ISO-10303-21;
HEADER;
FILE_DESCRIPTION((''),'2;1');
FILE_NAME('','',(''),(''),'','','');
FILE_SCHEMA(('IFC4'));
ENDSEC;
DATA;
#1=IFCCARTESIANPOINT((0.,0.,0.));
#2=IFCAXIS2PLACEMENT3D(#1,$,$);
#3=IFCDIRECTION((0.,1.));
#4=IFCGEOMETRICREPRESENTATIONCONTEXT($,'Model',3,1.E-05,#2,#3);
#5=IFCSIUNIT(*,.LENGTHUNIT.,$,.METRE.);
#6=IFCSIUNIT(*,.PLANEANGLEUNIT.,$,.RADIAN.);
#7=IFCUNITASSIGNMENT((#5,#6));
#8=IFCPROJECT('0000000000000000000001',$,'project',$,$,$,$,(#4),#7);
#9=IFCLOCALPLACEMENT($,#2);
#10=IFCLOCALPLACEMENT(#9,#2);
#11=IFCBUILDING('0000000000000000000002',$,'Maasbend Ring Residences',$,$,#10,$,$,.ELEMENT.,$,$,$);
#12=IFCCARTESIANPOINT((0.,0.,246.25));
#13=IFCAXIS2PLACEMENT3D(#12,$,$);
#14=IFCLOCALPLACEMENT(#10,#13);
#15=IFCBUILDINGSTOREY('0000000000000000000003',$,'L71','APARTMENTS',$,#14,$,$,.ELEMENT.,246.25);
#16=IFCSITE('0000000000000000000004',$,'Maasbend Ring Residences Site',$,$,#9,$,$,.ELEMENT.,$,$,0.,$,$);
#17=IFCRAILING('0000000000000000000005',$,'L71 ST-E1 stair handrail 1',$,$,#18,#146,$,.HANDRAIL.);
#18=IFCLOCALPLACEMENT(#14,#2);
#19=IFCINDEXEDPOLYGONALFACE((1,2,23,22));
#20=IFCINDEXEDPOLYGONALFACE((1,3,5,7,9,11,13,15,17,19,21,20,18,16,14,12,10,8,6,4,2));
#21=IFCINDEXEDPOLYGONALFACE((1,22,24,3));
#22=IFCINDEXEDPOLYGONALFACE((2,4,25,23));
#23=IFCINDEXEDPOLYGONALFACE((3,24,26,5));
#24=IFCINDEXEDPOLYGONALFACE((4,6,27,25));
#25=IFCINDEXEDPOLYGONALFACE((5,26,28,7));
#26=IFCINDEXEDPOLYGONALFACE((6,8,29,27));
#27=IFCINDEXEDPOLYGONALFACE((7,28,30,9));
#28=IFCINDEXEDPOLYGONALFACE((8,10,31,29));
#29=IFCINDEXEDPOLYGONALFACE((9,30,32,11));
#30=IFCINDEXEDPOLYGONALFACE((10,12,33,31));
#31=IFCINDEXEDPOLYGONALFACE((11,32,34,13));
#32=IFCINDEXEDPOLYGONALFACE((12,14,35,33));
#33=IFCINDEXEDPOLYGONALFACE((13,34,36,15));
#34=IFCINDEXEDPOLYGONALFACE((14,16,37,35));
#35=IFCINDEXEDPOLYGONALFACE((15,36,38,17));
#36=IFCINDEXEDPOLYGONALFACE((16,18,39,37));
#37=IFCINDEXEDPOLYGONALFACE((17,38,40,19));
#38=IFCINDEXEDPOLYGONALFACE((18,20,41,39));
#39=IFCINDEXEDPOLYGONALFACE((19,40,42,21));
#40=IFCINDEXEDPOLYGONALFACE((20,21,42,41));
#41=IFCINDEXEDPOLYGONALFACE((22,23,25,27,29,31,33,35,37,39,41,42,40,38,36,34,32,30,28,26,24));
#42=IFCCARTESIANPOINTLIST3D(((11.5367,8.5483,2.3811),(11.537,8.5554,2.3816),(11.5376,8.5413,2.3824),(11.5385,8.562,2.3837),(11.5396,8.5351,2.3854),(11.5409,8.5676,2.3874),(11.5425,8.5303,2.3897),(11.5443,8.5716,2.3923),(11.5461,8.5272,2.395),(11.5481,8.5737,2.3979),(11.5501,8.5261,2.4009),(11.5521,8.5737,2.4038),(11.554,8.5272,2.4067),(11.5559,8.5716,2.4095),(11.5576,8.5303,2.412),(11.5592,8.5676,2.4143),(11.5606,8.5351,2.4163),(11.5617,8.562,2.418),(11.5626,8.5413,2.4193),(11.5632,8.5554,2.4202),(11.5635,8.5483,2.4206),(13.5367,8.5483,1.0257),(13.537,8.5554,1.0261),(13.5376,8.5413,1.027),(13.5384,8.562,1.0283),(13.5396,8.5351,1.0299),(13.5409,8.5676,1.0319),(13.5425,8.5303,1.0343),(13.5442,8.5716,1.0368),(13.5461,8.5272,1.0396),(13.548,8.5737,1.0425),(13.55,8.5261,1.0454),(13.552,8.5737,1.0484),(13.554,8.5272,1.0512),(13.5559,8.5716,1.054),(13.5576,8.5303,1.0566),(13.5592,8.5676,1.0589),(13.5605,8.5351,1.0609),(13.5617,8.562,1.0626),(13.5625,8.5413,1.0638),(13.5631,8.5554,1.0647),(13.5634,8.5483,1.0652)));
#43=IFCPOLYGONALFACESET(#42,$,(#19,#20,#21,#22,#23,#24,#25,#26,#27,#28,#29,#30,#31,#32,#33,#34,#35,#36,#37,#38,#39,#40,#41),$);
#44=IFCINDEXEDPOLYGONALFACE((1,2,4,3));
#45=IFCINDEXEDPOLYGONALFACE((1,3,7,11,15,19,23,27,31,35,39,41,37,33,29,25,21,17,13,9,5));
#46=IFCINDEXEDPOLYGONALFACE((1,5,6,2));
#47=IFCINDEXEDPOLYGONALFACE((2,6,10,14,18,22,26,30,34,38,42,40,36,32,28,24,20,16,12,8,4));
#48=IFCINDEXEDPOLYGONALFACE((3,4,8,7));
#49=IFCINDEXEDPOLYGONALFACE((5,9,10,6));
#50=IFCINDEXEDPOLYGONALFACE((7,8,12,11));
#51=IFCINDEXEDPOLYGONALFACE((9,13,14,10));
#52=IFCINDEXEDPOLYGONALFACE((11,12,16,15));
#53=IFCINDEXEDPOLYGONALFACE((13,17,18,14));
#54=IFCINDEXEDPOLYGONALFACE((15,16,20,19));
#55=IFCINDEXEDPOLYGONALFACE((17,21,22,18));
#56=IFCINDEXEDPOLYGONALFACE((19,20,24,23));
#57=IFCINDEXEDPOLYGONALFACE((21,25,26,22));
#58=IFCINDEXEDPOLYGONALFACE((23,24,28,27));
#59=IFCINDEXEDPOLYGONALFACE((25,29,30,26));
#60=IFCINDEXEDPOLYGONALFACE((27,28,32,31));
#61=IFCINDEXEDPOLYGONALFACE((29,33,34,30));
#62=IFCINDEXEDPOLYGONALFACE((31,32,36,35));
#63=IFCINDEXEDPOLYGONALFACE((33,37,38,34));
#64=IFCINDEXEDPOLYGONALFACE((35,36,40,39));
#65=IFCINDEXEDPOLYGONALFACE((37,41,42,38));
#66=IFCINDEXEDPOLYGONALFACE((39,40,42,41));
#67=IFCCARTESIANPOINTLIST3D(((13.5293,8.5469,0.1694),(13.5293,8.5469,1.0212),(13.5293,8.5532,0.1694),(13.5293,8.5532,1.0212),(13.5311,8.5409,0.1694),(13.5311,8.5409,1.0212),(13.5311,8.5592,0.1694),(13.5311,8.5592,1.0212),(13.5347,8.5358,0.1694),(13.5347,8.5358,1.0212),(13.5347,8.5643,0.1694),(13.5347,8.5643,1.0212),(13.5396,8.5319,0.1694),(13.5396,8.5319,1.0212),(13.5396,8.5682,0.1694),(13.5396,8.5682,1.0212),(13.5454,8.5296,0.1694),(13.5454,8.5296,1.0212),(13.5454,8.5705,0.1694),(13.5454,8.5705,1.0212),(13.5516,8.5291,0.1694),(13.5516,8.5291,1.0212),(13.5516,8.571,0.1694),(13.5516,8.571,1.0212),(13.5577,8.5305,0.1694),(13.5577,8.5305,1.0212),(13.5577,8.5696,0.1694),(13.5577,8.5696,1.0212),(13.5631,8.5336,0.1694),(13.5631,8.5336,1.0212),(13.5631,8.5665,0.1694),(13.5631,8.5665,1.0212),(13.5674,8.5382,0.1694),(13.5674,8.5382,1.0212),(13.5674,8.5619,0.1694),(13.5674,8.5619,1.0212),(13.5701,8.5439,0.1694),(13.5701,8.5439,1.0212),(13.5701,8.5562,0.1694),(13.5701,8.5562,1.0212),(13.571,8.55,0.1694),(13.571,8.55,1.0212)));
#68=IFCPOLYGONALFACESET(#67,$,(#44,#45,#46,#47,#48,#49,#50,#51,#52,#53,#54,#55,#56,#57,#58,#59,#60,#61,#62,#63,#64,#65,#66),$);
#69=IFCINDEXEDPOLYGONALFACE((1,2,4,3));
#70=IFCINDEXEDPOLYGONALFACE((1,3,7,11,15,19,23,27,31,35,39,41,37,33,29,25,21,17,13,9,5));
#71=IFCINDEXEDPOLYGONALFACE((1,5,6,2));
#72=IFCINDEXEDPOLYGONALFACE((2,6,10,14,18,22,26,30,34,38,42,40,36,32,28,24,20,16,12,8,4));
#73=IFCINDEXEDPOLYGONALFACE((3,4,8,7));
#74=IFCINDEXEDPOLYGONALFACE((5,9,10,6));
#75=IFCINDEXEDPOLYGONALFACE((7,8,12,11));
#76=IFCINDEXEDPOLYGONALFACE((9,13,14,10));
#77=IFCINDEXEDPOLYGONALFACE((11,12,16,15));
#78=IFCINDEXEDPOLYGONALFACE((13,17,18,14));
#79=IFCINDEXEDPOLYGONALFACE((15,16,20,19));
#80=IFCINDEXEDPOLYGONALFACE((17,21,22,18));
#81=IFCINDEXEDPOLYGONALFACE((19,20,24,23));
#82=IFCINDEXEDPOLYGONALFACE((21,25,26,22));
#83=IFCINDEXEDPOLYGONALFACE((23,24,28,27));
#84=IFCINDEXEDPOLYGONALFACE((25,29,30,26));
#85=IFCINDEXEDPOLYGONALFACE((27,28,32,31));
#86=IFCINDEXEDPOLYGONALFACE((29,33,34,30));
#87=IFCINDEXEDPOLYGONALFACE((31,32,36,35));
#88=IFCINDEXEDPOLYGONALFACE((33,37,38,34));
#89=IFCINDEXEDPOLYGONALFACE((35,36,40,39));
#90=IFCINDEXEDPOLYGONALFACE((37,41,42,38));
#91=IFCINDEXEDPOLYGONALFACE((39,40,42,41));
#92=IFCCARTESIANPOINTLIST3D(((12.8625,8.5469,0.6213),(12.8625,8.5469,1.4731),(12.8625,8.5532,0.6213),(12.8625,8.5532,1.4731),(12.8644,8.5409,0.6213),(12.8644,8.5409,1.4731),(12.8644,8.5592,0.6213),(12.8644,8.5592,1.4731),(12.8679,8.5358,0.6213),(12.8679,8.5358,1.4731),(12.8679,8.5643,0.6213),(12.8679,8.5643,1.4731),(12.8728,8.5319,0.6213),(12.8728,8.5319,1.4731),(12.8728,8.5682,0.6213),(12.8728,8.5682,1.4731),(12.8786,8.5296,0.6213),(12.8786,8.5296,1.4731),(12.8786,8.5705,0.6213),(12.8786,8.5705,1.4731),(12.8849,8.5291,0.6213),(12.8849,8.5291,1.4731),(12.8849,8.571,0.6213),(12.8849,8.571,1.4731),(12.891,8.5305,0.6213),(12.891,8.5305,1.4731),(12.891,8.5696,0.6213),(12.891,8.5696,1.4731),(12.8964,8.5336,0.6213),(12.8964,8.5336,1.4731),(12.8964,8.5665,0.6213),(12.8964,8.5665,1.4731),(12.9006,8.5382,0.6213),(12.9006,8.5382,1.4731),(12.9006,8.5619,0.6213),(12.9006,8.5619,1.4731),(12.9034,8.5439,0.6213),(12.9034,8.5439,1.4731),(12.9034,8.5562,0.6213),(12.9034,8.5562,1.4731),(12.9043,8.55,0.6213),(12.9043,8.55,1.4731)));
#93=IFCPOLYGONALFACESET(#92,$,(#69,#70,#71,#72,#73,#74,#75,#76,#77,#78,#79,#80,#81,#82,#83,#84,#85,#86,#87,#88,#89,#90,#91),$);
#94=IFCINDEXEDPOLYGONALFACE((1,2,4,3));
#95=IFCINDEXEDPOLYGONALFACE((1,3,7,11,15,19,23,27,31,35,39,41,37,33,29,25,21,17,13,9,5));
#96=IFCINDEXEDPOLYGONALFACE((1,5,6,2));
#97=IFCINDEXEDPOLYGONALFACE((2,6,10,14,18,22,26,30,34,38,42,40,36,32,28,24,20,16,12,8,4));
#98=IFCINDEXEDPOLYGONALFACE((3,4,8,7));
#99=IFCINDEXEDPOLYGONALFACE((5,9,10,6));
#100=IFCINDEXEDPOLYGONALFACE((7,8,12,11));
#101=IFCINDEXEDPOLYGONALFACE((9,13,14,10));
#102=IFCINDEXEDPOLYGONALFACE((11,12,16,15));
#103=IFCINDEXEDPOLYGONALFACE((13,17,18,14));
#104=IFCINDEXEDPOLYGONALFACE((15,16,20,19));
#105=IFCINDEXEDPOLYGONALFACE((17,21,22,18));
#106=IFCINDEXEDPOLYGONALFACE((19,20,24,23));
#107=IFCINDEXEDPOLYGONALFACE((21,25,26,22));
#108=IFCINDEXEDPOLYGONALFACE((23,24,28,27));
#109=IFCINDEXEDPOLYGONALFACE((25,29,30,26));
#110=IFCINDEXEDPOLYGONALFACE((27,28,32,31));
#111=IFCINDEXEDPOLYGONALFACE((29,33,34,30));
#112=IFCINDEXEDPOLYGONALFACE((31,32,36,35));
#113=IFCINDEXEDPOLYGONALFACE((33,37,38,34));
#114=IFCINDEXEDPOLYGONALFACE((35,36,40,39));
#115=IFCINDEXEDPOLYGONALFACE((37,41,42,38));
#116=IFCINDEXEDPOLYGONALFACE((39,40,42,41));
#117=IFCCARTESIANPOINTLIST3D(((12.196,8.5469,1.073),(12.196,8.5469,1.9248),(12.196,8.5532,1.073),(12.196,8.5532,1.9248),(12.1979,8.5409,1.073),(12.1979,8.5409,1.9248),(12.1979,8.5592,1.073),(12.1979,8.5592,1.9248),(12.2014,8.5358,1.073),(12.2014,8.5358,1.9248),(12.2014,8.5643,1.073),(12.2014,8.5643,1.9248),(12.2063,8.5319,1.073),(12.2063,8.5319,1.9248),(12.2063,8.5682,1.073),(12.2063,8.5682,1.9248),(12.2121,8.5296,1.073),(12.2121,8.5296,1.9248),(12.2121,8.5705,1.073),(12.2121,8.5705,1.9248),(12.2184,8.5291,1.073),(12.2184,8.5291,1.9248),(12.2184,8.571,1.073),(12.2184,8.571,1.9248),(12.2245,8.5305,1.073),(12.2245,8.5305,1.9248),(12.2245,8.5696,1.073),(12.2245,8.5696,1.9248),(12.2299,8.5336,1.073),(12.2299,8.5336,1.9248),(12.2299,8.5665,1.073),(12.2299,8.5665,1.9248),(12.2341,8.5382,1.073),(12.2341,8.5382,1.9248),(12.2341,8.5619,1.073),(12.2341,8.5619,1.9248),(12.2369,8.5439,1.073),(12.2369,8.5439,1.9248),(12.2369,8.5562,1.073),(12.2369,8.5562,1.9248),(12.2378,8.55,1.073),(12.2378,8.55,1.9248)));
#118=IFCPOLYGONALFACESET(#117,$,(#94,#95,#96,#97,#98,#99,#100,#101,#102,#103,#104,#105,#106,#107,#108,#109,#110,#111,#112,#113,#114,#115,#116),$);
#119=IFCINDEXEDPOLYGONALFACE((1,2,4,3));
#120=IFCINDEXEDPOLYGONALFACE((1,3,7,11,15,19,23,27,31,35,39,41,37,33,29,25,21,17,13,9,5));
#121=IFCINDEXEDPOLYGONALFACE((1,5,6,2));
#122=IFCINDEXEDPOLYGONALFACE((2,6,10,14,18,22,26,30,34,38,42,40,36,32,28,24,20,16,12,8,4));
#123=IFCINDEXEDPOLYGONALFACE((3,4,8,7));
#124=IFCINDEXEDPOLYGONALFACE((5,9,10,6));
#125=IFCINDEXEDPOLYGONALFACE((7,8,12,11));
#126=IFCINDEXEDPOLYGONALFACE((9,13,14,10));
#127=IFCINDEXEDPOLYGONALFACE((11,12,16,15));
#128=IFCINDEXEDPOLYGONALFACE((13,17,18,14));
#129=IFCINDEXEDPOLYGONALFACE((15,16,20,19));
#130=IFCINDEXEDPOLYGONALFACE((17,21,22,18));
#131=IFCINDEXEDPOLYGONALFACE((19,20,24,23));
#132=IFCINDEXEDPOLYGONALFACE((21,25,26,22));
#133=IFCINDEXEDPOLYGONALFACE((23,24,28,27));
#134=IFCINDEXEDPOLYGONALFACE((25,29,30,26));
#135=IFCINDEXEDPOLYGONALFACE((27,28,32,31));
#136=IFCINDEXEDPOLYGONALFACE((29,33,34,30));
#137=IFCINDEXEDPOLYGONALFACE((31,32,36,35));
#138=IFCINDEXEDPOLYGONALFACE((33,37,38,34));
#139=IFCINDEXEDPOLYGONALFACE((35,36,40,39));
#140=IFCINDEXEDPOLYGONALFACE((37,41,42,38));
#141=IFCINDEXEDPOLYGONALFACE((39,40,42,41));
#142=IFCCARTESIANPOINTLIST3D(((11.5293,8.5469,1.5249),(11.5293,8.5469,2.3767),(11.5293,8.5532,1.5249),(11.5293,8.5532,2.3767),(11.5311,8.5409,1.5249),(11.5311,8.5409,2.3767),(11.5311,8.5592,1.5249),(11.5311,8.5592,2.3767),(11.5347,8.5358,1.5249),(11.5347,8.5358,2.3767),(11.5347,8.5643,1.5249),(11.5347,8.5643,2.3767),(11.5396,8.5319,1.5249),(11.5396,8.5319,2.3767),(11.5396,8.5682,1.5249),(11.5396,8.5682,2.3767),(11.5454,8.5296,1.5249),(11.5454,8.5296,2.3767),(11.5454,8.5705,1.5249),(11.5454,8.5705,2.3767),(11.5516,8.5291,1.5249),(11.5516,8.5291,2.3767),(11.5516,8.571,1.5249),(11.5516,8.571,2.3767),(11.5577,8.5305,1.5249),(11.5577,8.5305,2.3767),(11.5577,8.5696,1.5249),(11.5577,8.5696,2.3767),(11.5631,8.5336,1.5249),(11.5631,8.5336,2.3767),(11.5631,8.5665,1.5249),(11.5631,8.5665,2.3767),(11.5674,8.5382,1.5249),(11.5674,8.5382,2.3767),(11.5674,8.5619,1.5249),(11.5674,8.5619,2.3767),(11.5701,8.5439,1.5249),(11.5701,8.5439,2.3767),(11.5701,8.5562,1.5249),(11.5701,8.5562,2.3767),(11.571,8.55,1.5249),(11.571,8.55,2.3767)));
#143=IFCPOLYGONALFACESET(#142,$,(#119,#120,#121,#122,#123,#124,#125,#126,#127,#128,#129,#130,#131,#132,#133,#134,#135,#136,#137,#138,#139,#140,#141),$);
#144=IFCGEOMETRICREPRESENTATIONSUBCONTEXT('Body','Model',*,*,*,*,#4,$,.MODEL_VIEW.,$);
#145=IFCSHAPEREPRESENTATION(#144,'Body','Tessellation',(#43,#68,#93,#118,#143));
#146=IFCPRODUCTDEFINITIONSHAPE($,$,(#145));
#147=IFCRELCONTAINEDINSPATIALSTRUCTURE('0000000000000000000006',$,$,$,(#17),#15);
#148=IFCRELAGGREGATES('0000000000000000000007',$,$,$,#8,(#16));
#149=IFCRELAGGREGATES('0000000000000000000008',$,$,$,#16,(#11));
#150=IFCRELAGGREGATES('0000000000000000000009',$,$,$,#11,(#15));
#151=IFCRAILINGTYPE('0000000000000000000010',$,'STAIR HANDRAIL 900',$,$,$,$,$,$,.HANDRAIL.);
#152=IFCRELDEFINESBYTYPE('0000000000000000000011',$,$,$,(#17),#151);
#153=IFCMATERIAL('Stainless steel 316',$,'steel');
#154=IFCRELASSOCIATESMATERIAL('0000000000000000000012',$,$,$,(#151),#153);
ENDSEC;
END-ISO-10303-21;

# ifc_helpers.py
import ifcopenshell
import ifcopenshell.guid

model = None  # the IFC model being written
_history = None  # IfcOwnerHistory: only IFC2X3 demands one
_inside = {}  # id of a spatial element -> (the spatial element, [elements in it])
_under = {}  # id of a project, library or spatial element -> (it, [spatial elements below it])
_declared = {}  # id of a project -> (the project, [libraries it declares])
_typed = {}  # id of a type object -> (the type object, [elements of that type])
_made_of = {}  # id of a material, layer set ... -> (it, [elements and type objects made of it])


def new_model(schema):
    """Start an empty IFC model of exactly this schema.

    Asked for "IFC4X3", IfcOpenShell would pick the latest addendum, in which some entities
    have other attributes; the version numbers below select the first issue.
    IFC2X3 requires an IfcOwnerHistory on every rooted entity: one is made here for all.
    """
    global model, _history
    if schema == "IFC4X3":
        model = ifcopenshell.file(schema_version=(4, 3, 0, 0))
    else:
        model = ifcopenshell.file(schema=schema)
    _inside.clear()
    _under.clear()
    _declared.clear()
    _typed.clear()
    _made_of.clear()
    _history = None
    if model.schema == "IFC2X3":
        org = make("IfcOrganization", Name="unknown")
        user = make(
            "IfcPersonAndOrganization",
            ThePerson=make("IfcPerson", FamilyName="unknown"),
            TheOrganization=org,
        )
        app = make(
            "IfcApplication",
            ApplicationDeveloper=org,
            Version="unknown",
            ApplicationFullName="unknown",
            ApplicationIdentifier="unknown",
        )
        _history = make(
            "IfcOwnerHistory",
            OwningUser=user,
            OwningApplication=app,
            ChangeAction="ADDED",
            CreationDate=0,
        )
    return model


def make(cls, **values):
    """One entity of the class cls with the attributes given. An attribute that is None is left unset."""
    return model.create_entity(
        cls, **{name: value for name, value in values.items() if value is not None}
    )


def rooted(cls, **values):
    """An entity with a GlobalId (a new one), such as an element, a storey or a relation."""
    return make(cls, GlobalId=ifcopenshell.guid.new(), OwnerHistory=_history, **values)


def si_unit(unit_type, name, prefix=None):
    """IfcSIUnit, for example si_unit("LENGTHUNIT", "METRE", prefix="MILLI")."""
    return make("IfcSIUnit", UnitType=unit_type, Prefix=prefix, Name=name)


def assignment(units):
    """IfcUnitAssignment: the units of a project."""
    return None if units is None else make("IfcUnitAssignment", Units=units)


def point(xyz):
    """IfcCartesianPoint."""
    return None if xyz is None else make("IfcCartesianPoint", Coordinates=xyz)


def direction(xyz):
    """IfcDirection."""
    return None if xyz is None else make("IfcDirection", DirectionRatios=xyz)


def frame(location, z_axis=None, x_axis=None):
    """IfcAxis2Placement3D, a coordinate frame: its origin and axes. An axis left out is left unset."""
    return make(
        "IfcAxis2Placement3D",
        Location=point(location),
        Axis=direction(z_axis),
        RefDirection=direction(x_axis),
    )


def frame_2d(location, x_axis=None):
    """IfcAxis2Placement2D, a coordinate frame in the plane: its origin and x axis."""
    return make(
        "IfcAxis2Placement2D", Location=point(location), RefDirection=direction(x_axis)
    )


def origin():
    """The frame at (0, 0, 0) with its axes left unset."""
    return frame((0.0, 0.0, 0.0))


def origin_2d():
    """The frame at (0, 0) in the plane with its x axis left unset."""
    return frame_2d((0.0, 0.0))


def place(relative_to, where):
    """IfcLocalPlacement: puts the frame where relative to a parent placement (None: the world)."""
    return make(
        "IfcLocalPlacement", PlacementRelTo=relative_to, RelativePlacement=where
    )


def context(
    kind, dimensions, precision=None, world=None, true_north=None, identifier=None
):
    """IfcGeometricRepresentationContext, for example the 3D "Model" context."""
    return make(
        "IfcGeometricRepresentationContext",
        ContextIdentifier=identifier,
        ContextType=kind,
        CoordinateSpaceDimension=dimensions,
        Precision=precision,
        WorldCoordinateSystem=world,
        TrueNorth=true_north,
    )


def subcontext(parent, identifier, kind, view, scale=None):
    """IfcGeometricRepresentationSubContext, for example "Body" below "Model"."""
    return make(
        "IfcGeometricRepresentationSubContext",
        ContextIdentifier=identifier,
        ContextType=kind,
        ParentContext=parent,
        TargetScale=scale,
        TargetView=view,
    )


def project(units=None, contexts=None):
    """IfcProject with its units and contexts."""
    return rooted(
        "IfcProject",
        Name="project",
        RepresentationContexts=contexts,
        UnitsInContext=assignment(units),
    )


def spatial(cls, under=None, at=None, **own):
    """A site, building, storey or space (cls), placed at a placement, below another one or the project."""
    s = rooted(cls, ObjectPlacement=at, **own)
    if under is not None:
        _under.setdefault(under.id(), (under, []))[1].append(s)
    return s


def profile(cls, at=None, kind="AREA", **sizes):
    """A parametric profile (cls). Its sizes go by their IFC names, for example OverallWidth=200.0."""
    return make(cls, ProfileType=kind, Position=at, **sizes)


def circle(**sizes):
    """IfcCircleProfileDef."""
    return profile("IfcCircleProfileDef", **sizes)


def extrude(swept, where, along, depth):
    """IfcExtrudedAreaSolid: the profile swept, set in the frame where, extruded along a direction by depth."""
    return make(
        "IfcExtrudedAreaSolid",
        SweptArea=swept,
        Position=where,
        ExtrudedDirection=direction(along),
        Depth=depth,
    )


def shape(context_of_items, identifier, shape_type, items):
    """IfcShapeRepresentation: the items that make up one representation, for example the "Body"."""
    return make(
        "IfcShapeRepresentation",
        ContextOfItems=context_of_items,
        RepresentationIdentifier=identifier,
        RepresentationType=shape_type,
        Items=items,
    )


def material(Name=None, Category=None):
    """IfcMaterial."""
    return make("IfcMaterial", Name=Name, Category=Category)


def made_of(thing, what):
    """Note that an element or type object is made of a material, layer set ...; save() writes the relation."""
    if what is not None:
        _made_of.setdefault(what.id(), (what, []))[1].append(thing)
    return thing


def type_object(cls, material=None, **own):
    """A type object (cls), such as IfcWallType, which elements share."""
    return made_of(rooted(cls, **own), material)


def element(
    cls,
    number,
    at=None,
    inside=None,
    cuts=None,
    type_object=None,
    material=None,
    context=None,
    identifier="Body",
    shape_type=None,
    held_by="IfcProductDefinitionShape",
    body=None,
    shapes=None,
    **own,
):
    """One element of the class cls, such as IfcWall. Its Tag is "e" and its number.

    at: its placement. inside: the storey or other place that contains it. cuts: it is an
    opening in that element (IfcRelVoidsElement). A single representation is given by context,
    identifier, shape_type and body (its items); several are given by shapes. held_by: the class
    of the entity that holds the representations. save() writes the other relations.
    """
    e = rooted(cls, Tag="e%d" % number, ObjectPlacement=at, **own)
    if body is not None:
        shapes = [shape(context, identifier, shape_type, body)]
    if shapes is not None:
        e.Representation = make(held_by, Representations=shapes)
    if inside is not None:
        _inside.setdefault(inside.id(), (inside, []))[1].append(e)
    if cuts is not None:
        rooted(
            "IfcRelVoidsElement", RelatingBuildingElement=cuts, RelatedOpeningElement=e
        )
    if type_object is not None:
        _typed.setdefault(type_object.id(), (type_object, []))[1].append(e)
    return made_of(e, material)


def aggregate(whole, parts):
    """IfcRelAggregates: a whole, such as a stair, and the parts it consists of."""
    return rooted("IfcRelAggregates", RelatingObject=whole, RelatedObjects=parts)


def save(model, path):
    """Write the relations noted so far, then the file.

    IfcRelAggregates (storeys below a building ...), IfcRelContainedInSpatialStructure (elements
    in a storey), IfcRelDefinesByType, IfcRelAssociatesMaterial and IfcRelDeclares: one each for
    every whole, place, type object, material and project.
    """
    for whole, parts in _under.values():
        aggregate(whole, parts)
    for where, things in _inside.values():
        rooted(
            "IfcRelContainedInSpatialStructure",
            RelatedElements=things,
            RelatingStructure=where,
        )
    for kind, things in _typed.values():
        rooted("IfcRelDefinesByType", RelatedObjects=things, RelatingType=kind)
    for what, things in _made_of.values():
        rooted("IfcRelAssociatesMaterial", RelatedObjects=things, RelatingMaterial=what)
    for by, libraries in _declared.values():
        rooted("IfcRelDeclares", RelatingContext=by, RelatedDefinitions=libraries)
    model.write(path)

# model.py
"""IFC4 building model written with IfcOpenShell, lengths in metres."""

from ifc_helpers import new_model, si_unit, direction, frame, origin, origin_2d, place, context, subcontext, project, spatial, circle, extrude, material, type_object, element, save


model = new_model("IFC4")

# Units and contexts
model_context = context("Model", 3, precision=1e-05, world=origin(), true_north=direction((0.0, 1.0)))
body_context = subcontext(model_context, "Body", "Model", "MODEL_VIEW")
ifc_project = project(units=[si_unit("LENGTHUNIT", "METRE"), si_unit("PLANEANGLEUNIT", "RADIAN")], contexts=[model_context])

# Site, building, storey
site_placement = place(None, origin())
site = spatial("IfcSite", under=ifc_project, at=site_placement, Name="Maasbend Ring Residences Site", CompositionType="ELEMENT", RefElevation=0.0)
building_placement = place(site_placement, origin())
building = spatial("IfcBuilding", under=site, at=building_placement, Name="Maasbend Ring Residences", CompositionType="ELEMENT")
storey_placement = place(building_placement, frame((0.0, 0.0, 246.25)))
storey = spatial("IfcBuildingStorey", under=building, at=storey_placement, Name="L71", Description="APARTMENTS", CompositionType="ELEMENT", Elevation=246.25)

# Railing
ifc_material_1 = material(Name="Stainless steel 316", Category="steel")
railing_type_1 = type_object("IfcRailingType", Name="STAIR HANDRAIL 900", PredefinedType="HANDRAIL", material=ifc_material_1)
railing_1_placement = place(storey_placement, frame((13.55, 8.55, 0.1694)))
element("IfcRailing", 1, at=railing_1_placement, inside=storey, type_object=railing_type_1, Name="L71 ST-E1 stair handrail 1", PredefinedType="HANDRAIL", context=body_context, shape_type="SweptSolid", body=[
    extrude(circle(Radius=0.0239, at=origin_2d()), frame((0.0, 0.0, 0.876), z_axis=(-0.827798, 0.0, 0.561027), x_axis=(0.0, -1.0, 0.0)), (0.0, 0.0, 1.0), 2.416),
    extrude(circle(Radius=0.021, at=origin_2d()), origin(), (0.0, 0.0, 1.0), 0.8518),
    extrude(circle(Radius=0.021, at=origin_2d()), frame((-0.6667, 0.0, 0.4519)), (0.0, 0.0, 1.0), 0.8518),
    extrude(circle(Radius=0.021, at=origin_2d()), frame((-1.3333, 0.0, 0.9036)), (0.0, 0.0, 1.0), 0.8518),
    extrude(circle(Radius=0.021, at=origin_2d()), frame((-2.0, 0.0, 1.3555)), (0.0, 0.0, 1.0), 0.8518),
])

save(model, "model.ifc")
